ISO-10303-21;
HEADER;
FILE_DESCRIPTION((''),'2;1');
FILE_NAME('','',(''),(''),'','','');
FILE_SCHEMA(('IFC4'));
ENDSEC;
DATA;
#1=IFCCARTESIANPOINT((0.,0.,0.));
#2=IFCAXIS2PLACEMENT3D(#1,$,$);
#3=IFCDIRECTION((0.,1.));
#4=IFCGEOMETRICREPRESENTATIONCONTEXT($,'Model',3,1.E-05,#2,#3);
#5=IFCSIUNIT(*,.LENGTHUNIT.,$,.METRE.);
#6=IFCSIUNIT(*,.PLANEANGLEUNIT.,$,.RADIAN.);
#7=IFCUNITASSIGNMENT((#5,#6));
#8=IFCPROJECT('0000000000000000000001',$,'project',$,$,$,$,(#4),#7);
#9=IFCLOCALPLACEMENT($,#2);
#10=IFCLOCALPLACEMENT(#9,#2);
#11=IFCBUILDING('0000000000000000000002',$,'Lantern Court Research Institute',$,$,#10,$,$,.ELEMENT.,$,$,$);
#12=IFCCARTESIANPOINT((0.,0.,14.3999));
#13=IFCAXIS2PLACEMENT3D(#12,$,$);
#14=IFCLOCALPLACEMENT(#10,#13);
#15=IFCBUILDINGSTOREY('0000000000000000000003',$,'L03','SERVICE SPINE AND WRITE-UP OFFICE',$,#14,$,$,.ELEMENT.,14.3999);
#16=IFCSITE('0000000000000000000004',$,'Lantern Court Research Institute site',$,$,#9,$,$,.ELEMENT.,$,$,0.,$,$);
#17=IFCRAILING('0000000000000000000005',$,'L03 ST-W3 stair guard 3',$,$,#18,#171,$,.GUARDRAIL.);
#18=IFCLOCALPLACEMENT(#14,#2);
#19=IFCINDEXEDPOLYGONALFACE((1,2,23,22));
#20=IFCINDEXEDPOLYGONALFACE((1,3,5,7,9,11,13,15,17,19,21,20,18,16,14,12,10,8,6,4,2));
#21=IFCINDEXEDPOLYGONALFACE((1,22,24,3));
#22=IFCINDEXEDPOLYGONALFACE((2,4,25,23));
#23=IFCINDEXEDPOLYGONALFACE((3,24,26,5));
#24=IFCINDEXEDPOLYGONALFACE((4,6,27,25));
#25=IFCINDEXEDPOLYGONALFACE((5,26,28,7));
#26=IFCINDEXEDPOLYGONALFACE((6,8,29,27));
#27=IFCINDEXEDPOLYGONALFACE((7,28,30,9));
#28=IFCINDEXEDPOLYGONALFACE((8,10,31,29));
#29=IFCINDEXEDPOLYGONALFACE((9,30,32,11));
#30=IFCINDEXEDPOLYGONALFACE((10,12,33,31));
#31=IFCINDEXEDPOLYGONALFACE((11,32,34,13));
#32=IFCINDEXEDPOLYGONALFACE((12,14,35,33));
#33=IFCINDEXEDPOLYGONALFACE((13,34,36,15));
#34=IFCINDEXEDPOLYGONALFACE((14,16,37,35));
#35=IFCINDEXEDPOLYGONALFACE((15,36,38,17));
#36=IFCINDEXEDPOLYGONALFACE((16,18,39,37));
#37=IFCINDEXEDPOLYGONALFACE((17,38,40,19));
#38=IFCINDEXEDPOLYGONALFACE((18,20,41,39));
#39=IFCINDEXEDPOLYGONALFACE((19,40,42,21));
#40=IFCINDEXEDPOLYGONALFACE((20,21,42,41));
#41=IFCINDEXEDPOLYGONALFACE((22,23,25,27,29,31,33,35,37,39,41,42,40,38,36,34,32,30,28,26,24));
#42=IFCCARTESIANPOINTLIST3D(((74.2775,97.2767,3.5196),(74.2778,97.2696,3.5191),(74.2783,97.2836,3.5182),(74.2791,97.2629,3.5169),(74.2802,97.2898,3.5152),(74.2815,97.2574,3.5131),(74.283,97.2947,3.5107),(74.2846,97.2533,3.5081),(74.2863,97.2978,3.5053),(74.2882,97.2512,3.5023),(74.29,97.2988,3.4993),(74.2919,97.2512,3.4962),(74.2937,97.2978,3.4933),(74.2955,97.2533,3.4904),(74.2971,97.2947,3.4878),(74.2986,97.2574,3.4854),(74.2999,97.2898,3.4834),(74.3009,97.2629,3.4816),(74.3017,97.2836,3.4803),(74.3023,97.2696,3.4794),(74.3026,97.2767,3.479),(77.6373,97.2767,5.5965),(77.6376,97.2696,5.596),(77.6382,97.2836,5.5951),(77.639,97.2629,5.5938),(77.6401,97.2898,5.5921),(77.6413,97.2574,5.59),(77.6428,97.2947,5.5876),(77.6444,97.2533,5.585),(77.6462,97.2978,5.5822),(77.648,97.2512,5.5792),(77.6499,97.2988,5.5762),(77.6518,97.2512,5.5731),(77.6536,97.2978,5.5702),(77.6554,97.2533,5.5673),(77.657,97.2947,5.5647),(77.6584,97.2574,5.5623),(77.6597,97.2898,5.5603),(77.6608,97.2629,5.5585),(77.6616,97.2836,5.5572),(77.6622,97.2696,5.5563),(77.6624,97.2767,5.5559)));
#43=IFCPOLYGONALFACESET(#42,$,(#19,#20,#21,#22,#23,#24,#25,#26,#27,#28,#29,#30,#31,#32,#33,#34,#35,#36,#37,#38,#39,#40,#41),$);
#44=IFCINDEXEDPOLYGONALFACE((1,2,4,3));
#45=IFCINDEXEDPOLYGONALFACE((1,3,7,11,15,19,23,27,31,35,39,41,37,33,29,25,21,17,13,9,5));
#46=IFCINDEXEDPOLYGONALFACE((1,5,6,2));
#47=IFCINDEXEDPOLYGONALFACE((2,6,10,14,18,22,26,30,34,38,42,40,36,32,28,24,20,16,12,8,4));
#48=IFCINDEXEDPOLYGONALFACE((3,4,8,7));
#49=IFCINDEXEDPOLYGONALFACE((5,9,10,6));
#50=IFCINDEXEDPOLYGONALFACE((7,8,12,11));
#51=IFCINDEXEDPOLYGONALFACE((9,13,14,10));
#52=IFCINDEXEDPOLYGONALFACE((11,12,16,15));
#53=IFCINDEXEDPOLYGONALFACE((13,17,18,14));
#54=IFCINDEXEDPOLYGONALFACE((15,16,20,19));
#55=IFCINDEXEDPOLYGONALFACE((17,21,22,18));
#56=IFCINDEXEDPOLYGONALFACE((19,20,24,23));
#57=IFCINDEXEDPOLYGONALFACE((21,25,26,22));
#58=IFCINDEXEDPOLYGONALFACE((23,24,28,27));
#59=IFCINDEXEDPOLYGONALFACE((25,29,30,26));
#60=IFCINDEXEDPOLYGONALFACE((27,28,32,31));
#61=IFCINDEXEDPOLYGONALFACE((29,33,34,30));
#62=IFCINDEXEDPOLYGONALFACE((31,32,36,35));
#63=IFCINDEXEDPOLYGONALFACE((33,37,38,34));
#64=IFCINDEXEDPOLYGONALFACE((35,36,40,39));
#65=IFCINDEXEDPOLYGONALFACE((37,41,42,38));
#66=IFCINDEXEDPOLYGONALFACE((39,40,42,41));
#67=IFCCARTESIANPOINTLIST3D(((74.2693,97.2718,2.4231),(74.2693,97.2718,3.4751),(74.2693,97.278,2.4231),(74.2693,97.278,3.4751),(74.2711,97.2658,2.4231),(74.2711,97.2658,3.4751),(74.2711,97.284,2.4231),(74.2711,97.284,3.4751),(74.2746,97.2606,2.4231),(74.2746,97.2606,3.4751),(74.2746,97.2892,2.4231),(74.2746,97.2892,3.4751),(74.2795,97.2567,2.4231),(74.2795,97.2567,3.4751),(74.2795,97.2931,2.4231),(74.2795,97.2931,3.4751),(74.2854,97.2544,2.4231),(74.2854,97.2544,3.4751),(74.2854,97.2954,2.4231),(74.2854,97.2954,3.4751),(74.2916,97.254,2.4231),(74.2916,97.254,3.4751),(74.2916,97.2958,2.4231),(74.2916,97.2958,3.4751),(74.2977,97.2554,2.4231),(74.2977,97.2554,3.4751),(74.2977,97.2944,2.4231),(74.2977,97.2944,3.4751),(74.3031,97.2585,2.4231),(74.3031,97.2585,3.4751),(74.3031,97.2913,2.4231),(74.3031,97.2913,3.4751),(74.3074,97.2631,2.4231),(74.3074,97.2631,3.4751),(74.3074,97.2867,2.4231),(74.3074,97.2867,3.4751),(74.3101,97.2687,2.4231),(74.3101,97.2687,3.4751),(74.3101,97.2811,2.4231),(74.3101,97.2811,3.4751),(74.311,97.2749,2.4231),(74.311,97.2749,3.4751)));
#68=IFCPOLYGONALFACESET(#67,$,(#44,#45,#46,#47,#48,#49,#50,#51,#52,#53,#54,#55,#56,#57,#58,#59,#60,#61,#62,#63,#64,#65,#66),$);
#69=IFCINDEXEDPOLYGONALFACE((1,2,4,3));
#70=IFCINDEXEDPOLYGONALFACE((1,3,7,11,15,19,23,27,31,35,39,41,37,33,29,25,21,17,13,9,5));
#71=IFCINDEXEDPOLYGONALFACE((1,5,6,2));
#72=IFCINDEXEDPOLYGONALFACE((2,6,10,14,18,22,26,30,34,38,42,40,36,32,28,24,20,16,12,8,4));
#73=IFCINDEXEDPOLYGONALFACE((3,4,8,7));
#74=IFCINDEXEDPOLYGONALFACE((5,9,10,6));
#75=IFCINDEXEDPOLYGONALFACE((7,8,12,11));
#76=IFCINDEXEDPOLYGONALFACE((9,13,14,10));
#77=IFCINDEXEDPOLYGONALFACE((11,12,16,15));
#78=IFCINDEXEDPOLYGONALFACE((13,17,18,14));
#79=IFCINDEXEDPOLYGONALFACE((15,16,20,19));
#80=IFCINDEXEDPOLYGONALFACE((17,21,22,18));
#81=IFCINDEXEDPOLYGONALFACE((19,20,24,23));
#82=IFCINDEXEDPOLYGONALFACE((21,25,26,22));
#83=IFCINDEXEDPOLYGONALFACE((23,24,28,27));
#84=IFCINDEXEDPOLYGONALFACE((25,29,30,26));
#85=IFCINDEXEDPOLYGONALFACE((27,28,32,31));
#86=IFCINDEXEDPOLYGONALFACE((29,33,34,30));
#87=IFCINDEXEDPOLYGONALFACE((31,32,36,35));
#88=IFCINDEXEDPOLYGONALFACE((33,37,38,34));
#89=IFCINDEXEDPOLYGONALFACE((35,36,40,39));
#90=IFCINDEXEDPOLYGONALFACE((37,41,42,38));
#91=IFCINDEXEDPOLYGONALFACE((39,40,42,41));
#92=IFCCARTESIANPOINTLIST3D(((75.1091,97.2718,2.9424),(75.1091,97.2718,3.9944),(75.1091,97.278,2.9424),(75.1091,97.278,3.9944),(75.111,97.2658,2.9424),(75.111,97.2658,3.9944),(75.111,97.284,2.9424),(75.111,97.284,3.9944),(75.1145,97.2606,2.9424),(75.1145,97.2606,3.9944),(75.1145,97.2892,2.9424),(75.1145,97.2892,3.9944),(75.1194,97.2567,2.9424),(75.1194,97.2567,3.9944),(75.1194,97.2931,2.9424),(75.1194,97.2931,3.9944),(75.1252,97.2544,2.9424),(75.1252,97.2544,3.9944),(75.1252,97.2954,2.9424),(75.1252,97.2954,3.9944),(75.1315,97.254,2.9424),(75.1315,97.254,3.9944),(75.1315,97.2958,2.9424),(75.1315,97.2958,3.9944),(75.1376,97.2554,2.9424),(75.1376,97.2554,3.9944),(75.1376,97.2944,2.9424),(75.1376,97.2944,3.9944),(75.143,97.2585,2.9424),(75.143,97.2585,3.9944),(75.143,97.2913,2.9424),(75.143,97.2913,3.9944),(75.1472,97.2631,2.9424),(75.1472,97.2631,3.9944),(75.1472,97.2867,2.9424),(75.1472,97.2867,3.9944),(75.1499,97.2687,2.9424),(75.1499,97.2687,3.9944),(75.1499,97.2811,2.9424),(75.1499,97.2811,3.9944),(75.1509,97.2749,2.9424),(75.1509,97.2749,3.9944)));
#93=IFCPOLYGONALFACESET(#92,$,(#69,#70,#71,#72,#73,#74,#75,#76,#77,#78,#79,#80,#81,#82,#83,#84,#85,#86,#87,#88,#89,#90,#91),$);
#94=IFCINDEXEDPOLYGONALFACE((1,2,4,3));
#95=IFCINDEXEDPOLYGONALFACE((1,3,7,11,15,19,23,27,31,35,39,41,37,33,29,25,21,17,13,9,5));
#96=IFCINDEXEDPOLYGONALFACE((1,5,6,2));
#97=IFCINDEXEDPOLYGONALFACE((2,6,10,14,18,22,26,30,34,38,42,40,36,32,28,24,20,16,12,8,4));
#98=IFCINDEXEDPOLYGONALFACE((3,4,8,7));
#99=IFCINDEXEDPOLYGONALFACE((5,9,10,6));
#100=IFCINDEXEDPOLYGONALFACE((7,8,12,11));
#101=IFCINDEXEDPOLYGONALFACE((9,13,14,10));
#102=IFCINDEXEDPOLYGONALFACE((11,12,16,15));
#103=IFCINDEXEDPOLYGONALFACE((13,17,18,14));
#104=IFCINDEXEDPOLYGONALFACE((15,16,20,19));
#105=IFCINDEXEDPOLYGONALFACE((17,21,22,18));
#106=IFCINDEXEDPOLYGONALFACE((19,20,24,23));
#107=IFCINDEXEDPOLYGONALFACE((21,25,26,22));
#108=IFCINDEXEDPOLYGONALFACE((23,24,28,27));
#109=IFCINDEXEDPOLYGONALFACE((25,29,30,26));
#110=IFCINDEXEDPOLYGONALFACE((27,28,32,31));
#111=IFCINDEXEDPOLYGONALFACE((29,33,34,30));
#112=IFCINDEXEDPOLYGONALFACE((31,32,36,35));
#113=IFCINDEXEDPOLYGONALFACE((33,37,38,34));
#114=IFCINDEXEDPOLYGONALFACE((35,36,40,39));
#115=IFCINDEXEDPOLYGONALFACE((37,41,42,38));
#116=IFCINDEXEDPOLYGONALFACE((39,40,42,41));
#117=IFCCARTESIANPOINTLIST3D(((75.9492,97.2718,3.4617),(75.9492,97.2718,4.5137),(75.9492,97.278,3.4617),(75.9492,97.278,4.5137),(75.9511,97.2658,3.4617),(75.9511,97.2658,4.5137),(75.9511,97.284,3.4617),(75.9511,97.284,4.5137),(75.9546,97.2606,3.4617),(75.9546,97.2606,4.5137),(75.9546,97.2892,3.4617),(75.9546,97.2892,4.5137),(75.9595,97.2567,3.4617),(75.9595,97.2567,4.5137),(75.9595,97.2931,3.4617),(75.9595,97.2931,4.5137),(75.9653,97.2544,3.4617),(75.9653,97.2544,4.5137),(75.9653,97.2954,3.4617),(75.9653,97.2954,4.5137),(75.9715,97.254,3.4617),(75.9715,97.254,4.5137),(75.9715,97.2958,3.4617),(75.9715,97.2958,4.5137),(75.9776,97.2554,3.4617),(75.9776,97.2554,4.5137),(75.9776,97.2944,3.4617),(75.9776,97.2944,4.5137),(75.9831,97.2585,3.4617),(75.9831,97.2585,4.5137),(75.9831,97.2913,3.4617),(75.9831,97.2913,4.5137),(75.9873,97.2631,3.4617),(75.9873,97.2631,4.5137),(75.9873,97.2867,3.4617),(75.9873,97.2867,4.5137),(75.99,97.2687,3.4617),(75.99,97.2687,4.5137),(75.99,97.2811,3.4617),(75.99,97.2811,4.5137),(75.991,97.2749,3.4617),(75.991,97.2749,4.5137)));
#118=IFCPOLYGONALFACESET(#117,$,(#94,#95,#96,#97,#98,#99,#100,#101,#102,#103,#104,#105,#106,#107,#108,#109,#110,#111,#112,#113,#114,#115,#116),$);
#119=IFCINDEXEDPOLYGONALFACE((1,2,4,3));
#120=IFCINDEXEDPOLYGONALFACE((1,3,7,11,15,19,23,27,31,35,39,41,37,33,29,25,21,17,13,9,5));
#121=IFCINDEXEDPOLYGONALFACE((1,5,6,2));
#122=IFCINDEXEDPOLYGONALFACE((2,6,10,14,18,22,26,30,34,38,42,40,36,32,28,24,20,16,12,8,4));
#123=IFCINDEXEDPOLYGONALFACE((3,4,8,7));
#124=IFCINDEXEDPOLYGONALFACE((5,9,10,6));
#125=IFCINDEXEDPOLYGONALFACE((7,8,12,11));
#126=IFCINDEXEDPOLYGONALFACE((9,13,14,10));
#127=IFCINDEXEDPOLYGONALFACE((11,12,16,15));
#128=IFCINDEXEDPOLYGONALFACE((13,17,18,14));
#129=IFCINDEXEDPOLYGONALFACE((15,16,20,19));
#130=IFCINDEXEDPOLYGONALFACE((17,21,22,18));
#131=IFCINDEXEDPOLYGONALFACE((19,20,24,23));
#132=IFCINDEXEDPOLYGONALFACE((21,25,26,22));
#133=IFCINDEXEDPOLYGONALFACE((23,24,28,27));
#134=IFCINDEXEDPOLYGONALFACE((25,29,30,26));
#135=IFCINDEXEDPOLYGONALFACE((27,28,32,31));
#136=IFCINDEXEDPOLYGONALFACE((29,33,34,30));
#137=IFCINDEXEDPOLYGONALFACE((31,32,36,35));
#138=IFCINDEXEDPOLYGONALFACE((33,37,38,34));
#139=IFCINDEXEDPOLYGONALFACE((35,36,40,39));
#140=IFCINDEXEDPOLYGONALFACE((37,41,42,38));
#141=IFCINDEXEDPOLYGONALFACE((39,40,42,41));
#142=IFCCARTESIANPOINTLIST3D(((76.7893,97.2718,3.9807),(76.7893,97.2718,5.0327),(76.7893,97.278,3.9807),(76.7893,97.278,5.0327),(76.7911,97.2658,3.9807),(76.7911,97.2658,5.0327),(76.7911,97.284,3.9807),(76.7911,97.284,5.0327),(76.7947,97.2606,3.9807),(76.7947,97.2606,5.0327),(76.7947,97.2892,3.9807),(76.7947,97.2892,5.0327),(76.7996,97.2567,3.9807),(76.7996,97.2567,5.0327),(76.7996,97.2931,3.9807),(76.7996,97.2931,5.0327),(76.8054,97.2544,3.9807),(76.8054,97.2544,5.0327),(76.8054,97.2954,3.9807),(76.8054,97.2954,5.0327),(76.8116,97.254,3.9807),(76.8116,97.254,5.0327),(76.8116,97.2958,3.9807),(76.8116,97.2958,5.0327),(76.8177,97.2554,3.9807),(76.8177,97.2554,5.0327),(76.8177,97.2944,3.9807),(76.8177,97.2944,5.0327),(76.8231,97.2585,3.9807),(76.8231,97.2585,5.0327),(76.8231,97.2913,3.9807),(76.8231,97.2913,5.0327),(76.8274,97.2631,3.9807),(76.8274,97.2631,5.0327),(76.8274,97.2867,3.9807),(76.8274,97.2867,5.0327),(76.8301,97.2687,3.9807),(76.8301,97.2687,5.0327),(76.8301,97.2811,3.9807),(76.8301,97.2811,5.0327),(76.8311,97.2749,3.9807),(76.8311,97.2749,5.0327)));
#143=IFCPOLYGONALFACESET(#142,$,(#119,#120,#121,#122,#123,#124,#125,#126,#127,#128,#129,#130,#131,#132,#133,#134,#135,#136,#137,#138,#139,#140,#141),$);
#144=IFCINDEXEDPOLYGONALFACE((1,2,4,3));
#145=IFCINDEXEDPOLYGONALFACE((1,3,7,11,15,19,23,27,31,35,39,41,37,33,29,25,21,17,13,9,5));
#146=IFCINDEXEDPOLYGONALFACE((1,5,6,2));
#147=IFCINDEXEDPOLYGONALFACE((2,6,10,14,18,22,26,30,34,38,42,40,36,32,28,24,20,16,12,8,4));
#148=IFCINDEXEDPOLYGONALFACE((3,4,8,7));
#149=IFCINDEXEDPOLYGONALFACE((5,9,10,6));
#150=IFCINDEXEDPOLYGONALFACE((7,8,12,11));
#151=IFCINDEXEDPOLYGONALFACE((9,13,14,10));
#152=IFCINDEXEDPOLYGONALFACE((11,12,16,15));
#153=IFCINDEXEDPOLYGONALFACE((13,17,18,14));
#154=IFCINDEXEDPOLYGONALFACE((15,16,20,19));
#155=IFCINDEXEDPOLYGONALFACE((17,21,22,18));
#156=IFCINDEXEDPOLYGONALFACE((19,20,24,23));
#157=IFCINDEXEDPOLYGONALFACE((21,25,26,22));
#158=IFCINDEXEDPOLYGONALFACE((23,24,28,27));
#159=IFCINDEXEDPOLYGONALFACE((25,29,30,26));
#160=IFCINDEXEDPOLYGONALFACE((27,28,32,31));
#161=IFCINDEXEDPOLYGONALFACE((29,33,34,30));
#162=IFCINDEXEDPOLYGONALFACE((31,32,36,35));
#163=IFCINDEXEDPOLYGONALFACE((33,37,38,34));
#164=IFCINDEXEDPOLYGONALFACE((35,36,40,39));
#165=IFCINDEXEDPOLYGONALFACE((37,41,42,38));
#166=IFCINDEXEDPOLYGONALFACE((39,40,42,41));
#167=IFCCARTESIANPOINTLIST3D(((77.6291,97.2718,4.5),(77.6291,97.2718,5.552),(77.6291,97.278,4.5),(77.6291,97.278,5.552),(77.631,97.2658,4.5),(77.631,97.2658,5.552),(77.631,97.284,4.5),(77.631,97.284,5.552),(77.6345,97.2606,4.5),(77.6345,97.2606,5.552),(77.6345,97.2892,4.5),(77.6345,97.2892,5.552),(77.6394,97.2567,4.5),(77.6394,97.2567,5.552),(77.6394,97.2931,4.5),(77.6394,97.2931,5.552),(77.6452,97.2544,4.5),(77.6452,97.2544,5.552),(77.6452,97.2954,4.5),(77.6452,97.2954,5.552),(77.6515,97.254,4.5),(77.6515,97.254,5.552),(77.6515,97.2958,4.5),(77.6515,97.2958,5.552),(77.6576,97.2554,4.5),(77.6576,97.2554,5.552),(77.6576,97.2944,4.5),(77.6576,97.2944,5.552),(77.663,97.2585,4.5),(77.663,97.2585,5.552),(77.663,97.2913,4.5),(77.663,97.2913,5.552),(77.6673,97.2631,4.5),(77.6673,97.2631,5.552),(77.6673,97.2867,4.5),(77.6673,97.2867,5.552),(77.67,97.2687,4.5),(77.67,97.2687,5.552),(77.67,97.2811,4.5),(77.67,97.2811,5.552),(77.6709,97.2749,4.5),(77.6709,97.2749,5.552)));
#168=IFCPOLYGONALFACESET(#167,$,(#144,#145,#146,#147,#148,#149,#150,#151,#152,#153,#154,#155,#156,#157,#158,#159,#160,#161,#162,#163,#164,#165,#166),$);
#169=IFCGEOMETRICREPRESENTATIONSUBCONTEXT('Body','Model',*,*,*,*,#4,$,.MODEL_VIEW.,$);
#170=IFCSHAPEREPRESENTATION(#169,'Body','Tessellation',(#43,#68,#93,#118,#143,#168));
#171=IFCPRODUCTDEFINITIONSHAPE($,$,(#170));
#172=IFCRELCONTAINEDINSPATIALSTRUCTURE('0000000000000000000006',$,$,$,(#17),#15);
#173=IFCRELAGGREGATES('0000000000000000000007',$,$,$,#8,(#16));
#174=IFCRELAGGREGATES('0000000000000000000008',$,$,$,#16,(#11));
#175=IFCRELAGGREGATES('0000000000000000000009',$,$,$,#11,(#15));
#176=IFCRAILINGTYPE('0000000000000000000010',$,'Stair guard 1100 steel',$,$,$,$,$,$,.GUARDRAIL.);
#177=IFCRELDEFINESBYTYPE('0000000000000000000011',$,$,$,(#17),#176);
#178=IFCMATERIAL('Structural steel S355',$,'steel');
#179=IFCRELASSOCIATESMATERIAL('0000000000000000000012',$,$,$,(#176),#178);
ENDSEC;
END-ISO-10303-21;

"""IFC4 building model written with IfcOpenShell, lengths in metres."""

from ifc_helpers import new_model, si_unit, direction, frame, origin, origin_2d, place, context, subcontext, project, spatial, circle, extrude, material, type_object, element, save


model = new_model("IFC4")

# Units and contexts
model_context = context("Model", 3, precision=1e-05, world=origin(), true_north=direction((0.0, 1.0)))
body_context = subcontext(model_context, "Body", "Model", "MODEL_VIEW")
ifc_project = project(units=[si_unit("LENGTHUNIT", "METRE"), si_unit("PLANEANGLEUNIT", "RADIAN")], contexts=[model_context])

# Site, building, storey
site_placement = place(None, origin())
site = spatial("IfcSite", under=ifc_project, at=site_placement, Name="Lantern Court Research Institute site", CompositionType="ELEMENT", RefElevation=0.0)
building_placement = place(site_placement, origin())
building = spatial("IfcBuilding", under=site, at=building_placement, Name="Lantern Court Research Institute", CompositionType="ELEMENT")
storey_placement = place(building_placement, frame((0.0, 0.0, 14.3999)))
storey = spatial("IfcBuildingStorey", under=building, at=storey_placement, Name="L03", Description="SERVICE SPINE AND WRITE-UP OFFICE", CompositionType="ELEMENT", Elevation=14.3999)

# Railing
ifc_material_1 = material(Name="Structural steel S355", Category="steel")
railing_type = type_object("IfcRailingType", Name="Stair guard 1100 steel", PredefinedType="GUARDRAIL", material=ifc_material_1)
railing_1_placement = place(storey_placement, frame((74.29, 97.2749, 2.4231)))
element("IfcRailing", 1, at=railing_1_placement, inside=storey, type_object=railing_type, Name="L03 ST-W3 stair guard 3", PredefinedType="GUARDRAIL", context=body_context, shape_type="SweptSolid", body=[
    extrude(circle(Radius=0.0239, at=origin_2d()), frame((0.0, 0.0, 1.0762), z_axis=(0.850606, 0.0, 0.525803), x_axis=(0.0, 1.0, 0.0)), (0.0, 0.0, 1.0), 3.95),
    extrude(circle(Radius=0.021, at=origin_2d()), origin(), (0.0, 0.0, 1.0), 1.052),
    extrude(circle(Radius=0.021, at=origin_2d()), frame((0.8398, 0.0, 0.5193)), (0.0, 0.0, 1.0), 1.052),
    extrude(circle(Radius=0.021, at=origin_2d()), frame((1.6799, 0.0, 1.0386)), (0.0, 0.0, 1.0), 1.052),
    extrude(circle(Radius=0.021, at=origin_2d()), frame((2.52, 0.0, 1.5576)), (0.0, 0.0, 1.0), 1.052),
    extrude(circle(Radius=0.021, at=origin_2d()), frame((3.3599, 0.0, 2.0769)), (0.0, 0.0, 1.0), 1.052),
])

save(model, "model.ifc")
